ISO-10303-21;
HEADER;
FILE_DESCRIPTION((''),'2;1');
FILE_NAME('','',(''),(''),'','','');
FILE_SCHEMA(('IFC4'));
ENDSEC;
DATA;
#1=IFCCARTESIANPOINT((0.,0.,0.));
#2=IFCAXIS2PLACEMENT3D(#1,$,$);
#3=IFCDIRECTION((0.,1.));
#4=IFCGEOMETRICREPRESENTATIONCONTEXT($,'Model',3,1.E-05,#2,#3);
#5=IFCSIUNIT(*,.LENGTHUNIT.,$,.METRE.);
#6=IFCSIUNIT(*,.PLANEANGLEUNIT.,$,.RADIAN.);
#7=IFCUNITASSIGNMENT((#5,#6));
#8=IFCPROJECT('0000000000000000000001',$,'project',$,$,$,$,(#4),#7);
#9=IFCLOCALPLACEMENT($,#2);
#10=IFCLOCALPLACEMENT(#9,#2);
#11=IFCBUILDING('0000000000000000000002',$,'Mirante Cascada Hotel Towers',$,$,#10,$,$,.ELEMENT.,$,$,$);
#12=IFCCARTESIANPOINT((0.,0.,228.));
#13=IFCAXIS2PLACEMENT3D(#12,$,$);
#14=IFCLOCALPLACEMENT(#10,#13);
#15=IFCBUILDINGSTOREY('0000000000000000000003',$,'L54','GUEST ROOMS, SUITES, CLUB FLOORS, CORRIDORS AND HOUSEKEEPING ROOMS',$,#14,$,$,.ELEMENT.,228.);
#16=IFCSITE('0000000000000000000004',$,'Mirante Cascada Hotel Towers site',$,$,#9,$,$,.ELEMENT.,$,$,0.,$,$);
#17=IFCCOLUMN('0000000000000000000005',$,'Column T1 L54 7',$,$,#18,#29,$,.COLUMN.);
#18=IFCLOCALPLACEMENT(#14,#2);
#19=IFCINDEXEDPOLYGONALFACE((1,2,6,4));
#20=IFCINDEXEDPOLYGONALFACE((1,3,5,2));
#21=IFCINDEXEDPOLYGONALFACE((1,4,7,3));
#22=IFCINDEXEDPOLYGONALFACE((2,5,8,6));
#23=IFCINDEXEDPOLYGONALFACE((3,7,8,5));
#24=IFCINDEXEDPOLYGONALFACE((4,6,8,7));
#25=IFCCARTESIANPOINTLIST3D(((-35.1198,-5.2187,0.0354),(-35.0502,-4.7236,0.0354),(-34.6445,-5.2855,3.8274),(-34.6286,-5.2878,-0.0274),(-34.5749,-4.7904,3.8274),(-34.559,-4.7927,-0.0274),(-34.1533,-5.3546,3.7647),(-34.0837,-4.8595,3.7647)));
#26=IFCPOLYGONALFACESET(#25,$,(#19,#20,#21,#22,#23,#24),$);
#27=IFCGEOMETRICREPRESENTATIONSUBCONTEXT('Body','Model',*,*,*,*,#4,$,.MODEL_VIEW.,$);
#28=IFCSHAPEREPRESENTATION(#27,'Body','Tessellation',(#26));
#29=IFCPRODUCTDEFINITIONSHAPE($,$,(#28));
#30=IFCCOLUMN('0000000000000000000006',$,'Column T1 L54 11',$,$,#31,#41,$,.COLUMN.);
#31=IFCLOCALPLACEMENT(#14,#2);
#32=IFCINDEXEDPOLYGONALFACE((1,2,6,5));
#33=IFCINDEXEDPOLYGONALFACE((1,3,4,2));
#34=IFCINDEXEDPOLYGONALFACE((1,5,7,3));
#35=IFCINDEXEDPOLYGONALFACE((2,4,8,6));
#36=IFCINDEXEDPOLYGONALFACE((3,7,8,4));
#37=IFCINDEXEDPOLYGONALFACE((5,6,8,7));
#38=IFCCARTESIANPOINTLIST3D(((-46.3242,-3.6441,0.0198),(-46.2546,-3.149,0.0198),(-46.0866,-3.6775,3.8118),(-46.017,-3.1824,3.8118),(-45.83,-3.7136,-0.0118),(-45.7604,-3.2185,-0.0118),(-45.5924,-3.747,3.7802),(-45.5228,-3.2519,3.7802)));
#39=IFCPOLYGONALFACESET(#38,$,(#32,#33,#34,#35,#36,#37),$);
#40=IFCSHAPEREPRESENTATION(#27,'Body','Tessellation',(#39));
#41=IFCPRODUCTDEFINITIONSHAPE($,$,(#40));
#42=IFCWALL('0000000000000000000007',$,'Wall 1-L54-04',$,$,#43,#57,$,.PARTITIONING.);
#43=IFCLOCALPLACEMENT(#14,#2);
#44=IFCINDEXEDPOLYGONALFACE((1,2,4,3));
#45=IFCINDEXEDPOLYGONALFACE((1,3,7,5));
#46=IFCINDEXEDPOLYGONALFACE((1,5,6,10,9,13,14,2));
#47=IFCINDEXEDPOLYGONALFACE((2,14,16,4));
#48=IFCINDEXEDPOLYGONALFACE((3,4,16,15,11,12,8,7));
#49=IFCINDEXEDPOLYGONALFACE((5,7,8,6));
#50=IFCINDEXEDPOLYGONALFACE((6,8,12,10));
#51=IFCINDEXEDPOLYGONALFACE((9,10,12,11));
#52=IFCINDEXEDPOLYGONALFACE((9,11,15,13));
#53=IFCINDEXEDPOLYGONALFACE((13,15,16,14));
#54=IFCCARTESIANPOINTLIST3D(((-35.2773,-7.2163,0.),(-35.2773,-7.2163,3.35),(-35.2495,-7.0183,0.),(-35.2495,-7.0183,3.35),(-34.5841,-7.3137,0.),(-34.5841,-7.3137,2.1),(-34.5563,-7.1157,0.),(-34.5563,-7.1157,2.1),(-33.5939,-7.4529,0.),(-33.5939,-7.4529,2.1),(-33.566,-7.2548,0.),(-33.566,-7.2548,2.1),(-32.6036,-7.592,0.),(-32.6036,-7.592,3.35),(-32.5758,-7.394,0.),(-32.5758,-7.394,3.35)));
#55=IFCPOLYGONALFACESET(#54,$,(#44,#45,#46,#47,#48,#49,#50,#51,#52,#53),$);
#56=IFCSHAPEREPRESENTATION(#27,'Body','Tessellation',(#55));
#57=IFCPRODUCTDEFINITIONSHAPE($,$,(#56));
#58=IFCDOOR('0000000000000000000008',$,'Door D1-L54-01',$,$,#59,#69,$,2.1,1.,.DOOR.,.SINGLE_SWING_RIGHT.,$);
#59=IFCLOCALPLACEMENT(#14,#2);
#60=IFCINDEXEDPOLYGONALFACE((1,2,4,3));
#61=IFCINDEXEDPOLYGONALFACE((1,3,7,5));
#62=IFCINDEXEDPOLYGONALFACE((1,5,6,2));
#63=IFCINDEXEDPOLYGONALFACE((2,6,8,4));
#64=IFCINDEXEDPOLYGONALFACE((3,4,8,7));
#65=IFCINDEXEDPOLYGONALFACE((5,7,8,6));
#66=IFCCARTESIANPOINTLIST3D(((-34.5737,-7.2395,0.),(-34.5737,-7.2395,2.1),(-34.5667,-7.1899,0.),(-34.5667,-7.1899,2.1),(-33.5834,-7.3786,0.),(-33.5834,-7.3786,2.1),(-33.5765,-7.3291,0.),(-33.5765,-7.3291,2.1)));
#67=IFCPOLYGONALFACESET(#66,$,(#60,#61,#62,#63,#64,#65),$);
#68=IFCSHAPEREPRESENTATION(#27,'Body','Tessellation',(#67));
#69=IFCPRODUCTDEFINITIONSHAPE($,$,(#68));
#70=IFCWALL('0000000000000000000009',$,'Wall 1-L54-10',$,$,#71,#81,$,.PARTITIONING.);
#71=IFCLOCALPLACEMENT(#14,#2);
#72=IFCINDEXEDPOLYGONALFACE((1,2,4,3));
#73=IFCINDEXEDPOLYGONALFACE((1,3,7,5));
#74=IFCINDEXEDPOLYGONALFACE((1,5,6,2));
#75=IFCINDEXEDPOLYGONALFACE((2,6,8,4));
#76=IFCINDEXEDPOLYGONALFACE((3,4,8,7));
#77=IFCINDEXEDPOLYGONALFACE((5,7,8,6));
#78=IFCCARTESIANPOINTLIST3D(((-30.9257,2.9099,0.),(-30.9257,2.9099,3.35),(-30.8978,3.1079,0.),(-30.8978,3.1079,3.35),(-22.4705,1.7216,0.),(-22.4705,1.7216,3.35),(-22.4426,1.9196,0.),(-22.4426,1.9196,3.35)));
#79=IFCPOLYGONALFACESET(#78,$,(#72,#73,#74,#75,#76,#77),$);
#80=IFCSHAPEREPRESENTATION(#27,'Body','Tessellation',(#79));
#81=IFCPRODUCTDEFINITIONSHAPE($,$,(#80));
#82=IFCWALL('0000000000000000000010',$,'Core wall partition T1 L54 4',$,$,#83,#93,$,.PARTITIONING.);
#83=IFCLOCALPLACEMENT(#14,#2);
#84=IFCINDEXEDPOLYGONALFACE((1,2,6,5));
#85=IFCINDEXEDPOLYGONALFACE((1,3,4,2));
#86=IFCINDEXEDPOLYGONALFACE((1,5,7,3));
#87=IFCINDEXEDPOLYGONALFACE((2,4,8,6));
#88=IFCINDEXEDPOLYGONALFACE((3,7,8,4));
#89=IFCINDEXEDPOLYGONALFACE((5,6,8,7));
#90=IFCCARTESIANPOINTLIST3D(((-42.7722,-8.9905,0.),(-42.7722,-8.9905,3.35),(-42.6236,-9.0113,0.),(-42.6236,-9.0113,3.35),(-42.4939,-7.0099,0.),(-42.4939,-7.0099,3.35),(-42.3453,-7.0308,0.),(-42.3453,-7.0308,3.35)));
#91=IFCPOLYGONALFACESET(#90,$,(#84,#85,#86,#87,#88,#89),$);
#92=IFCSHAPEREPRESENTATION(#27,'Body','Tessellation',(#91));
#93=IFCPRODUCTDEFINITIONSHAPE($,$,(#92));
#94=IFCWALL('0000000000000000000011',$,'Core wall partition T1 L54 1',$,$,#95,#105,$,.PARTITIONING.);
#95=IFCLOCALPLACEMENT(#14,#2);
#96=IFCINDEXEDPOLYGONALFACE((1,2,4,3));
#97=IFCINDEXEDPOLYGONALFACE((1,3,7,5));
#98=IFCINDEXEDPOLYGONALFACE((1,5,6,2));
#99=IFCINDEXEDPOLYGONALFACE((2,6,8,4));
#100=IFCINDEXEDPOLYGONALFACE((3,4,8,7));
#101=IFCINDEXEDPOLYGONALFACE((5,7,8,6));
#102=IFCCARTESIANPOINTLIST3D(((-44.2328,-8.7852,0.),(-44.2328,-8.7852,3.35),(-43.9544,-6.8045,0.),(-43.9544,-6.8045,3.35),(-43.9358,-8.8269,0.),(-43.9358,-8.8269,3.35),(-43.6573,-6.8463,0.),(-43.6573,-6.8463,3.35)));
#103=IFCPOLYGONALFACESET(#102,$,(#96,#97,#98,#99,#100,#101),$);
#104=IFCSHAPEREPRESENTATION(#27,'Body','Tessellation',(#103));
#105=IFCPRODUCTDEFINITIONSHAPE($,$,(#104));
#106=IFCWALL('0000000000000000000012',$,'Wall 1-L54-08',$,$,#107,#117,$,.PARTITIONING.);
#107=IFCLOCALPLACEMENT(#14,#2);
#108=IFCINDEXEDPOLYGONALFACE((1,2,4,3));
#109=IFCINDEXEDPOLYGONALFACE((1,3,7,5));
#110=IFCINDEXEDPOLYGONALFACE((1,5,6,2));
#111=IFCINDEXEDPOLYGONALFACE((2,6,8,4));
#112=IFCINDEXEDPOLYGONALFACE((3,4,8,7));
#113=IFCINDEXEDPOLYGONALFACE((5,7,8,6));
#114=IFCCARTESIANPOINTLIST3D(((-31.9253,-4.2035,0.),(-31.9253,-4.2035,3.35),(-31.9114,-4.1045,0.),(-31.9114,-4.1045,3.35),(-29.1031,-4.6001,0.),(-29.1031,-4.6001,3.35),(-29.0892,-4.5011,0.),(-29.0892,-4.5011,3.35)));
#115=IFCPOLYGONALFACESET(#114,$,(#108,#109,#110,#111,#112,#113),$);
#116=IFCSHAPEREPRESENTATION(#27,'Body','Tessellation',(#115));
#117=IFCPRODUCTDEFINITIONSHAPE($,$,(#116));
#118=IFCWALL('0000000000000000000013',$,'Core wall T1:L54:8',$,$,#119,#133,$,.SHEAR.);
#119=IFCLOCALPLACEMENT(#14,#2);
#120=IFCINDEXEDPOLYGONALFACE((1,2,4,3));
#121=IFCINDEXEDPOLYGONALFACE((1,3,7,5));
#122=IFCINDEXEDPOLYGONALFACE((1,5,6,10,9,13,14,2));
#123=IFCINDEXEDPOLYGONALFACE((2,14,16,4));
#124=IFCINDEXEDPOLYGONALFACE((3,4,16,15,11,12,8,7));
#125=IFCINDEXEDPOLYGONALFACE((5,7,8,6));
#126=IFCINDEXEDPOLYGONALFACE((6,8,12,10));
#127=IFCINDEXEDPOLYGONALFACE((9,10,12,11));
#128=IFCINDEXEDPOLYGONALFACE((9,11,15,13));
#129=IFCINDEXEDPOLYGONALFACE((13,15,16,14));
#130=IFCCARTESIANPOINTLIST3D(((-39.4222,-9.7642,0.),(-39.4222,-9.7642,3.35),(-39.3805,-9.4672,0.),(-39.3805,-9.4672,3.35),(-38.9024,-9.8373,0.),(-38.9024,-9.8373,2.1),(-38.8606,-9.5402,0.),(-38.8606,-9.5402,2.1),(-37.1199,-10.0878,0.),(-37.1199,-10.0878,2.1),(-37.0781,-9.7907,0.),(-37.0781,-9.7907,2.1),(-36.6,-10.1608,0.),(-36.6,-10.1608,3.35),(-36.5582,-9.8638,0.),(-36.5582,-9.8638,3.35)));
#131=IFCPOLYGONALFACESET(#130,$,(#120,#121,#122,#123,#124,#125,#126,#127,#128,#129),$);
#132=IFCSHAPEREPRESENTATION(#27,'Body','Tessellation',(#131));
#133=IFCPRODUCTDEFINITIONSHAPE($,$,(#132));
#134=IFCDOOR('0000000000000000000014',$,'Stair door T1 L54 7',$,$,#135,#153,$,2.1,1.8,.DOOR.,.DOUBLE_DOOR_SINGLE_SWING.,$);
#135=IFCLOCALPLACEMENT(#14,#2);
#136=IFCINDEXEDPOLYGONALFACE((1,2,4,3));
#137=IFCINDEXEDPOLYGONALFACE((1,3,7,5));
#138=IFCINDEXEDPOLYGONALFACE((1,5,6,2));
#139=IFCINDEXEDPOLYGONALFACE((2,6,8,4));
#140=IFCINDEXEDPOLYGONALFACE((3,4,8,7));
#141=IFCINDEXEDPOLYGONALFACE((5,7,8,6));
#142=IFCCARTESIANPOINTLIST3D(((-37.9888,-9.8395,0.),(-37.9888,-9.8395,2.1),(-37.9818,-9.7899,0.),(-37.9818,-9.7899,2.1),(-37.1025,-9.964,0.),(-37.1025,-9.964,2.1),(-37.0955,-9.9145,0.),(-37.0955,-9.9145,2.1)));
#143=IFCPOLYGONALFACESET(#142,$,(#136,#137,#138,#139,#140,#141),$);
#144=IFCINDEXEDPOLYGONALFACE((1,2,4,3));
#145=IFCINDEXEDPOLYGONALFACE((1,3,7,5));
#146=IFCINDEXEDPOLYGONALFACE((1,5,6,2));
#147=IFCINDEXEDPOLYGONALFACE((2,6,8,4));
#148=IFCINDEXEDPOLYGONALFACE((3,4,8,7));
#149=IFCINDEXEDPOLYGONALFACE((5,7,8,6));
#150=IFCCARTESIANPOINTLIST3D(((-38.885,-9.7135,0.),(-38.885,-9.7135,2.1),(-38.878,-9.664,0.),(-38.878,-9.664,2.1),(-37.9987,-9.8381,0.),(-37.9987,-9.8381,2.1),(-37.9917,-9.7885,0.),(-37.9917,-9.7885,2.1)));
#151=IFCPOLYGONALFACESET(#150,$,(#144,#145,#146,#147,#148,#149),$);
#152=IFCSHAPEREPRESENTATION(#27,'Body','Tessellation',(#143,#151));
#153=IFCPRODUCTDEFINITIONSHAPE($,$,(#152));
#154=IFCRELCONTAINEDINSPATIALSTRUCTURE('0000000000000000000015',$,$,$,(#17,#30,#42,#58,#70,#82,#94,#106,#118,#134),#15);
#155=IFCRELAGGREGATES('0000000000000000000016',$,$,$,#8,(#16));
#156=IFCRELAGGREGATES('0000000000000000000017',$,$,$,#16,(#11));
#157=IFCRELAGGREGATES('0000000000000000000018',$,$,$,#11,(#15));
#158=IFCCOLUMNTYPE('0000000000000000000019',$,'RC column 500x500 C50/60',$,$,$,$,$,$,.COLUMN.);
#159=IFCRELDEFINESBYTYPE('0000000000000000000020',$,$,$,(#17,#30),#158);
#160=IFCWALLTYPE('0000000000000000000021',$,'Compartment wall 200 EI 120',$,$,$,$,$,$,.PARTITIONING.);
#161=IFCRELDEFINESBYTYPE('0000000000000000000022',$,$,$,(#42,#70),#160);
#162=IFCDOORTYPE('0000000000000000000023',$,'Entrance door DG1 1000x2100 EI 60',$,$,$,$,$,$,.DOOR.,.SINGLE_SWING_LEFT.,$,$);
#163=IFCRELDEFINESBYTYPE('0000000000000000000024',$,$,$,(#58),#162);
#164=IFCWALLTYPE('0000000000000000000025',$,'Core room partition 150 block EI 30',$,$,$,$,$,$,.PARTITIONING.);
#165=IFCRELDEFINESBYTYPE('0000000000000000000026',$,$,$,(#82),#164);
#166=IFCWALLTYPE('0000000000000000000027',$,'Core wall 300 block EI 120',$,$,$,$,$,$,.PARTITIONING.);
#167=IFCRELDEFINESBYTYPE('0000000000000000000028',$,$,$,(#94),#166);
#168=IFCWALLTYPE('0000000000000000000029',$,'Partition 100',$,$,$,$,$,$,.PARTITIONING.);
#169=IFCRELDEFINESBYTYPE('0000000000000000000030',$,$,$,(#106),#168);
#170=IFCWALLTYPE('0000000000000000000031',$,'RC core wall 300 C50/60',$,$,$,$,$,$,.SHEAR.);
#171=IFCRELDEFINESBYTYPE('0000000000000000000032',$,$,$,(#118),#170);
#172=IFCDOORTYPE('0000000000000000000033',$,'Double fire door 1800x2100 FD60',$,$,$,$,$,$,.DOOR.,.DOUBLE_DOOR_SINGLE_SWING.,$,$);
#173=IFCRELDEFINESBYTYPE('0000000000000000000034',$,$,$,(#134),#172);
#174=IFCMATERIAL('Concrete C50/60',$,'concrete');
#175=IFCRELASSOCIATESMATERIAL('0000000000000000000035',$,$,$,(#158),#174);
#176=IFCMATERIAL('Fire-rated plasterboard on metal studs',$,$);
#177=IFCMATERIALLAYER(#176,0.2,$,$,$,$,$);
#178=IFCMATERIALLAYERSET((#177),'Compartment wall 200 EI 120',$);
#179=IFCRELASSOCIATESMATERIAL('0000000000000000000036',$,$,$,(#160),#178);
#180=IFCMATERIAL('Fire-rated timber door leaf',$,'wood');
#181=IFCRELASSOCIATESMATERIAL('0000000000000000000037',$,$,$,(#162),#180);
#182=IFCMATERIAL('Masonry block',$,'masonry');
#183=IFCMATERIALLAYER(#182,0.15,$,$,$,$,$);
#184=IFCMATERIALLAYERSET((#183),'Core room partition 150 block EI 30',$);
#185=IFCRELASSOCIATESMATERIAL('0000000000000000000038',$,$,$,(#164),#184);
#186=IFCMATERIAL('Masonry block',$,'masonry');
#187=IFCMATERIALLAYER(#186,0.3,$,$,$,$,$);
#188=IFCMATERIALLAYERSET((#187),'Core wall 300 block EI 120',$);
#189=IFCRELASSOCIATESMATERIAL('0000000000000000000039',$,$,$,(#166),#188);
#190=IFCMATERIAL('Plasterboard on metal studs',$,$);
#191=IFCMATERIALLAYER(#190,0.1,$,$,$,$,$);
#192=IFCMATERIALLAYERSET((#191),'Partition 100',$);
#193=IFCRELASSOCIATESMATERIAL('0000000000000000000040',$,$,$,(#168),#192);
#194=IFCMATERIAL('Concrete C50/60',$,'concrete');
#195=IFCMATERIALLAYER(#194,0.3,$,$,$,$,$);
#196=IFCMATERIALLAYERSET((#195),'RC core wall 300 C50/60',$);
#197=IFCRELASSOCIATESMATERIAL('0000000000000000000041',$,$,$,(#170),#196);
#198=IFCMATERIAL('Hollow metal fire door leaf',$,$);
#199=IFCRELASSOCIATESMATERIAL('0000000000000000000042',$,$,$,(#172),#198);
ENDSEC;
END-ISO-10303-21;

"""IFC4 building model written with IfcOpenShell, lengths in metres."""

from ifc_helpers import new_model, si_unit, direction, frame, frame_2d, origin, origin_2d, place, context, subcontext, project, spatial, rectangle, extrude, material, layer, layer_set, material_profile, profile_set, type_object, element, fill, save


model = new_model("IFC4")

# Units and contexts
model_context = context("Model", 3, precision=1e-05, world=origin(), true_north=direction((0.0, 1.0)))
body_context = subcontext(model_context, "Body", "Model", "MODEL_VIEW")
ifc_project = project(units=[si_unit("LENGTHUNIT", "METRE"), si_unit("PLANEANGLEUNIT", "RADIAN")], contexts=[model_context])

# Site, building, storey
site_placement = place(None, origin())
site = spatial("IfcSite", under=ifc_project, at=site_placement, Name="Mirante Cascada Hotel Towers site", CompositionType="ELEMENT", RefElevation=0.0)
building_placement = place(site_placement, origin())
building = spatial("IfcBuilding", under=site, at=building_placement, Name="Mirante Cascada Hotel Towers", CompositionType="ELEMENT")
storey_placement = place(building_placement, frame((0.0, 0.0, 228.0)))
storey = spatial("IfcBuildingStorey", under=building, at=storey_placement, Name="L54", Description="GUEST ROOMS, SUITES, CLUB FLOORS, CORRIDORS AND HOUSEKEEPING ROOMS", CompositionType="ELEMENT", Elevation=228.0)

# Columns
ifc_material_1 = material(Name="Concrete C50/60", Category="concrete")
ifc_material_profile = material_profile(ifc_material_1, rectangle(XDim=0.5, YDim=0.5, at=origin_2d()), Name="RC column 500x500 C50/60")
ifc_profile_set = profile_set([ifc_material_profile], Name="Concrete C50/60")
column_type = type_object("IfcColumnType", Name="RC column 500x500 C50/60", PredefinedType="COLUMN", material=ifc_profile_set)
column_1_placement = place(storey_placement, frame((-34.8394, -5.0057, 0.004), z_axis=(0.124351, -0.017477, 0.992084), x_axis=(0.139175, 0.990268, 0.0)))
element("IfcColumn", 1, at=column_1_placement, inside=storey, type_object=column_type, Name="Column T1 L54 7", PredefinedType="COLUMN", context=body_context, shape_type="SweptSolid", body=[
    extrude(rectangle(XDim=0.5, YDim=0.5, at=origin_2d()), origin(), (0.0, 0.0, 1.0), 3.8223),
])
column_2_placement = place(storey_placement, frame((-46.0423, -3.4313, 0.004), z_axis=(0.062533, -0.00879, 0.998004), x_axis=(0.139204, 0.990264, 0.0)))
element("IfcColumn", 2, at=column_2_placement, inside=storey, type_object=column_type, Name="Column T1 L54 11", PredefinedType="COLUMN", context=body_context, shape_type="SweptSolid", body=[
    extrude(rectangle(XDim=0.5, YDim=0.5, at=origin_2d()), origin(), (0.0, 0.0, 1.0), 3.7996),
])

# Wall, opening, door
ifc_material_2 = material(Name="Fire-rated plasterboard on metal studs")
ifc_layer_1 = layer(ifc_material_2, 0.2)
ifc_layer_set_1 = layer_set([ifc_layer_1], Name="Compartment wall 200 EI 120")
wall_type_1 = type_object("IfcWallType", Name="Compartment wall 200 EI 120", PredefinedType="PARTITIONING", material=ifc_layer_set_1)
wall_1_placement = place(storey_placement, frame((-35.2634, -7.1173, 0.0), z_axis=(0.0, 0.0, 1.0), x_axis=(0.990271, -0.13915, 0.0)))
wall_1 = element("IfcWall", 3, at=wall_1_placement, inside=storey, type_object=wall_type_1, Name="Wall 1-L54-04", PredefinedType="PARTITIONING", context=body_context, shape_type="SweptSolid", body=[
    extrude(rectangle(XDim=2.7, YDim=0.2, at=frame_2d((1.35, 0.0))), origin(), (0.0, 0.0, 1.0), 3.35),
])
opening_1_placement = place(wall_1_placement, frame((0.7, 0.0, 0.0)))
opening_1 = element("IfcOpeningElement", 4, at=opening_1_placement, cuts=wall_1, PredefinedType="OPENING", context=body_context, shape_type="SweptSolid", body=[
    extrude(rectangle(XDim=1.0, YDim=2.1, at=frame_2d((0.5, 1.05))), frame((0.0, 0.1, 0.0), z_axis=(0.0, -1.0, 0.0), x_axis=(1.0, 0.0, 0.0)), (0.0, 0.0, 1.0), 0.2),
])
ifc_material_3 = material(Name="Fire-rated timber door leaf", Category="wood")
door_type_1 = type_object("IfcDoorType", Name="Entrance door DG1 1000x2100 EI 60", OperationType="SINGLE_SWING_LEFT", PredefinedType="DOOR", material=ifc_material_3)
door_1_placement = place(opening_1_placement, frame((1.0, 0.0, 0.0), z_axis=(0.0, 0.0, 1.0), x_axis=(-1.0, 0.0, 0.0)))
door_1 = element("IfcDoor", 5, at=door_1_placement, inside=storey, type_object=door_type_1, Name="Door D1-L54-01", OperationType="SINGLE_SWING_RIGHT", OverallHeight=2.1, OverallWidth=1.0, PredefinedType="DOOR", context=body_context, shape_type="SweptSolid", body=[
    extrude(rectangle(XDim=1.0, YDim=2.1, at=frame_2d((0.5, 1.05))), frame((0.0, 0.025, 0.0), z_axis=(0.0, -1.0, 0.0), x_axis=(1.0, 0.0, 0.0)), (0.0, 0.0, 1.0), 0.05),
])
fill(opening_1, door_1)

# Walls
wall_2_placement = place(storey_placement, frame((-30.9118, 3.0089, 0.0), z_axis=(0.0, 0.0, 1.0), x_axis=(0.990268, -0.139173, 0.0)))
element("IfcWall", 6, at=wall_2_placement, inside=storey, type_object=wall_type_1, Name="Wall 1-L54-10", PredefinedType="PARTITIONING", context=body_context, shape_type="SweptSolid", body=[
    extrude(rectangle(XDim=8.5383, YDim=0.2, at=frame_2d((4.2692, 0.0))), origin(), (0.0, 0.0, 1.0), 3.35),
])
ifc_material_4 = material(Name="Masonry block", Category="masonry")
ifc_layer_2 = layer(ifc_material_4, 0.15)
ifc_layer_set_2 = layer_set([ifc_layer_2], Name="Core room partition 150 block EI 30")
wall_type_2 = type_object("IfcWallType", Name="Core room partition 150 block EI 30", PredefinedType="PARTITIONING", material=ifc_layer_set_2)
wall_3_placement = place(storey_placement, frame((-42.6979, -9.0009, 0.0), z_axis=(0.0, 0.0, 1.0), x_axis=(0.139153, 0.990271, 0.0)))
element("IfcWall", 7, at=wall_3_placement, inside=storey, type_object=wall_type_2, Name="Core wall partition T1 L54 4", PredefinedType="PARTITIONING", context=body_context, shape_type="SweptSolid", body=[
    extrude(rectangle(XDim=2.0, YDim=0.15, at=frame_2d((1.0, 0.0))), origin(), (0.0, 0.0, 1.0), 3.35),
])
ifc_material_5 = material(Name="Masonry block", Category="masonry")
ifc_layer_3 = layer(ifc_material_5, 0.3)
ifc_layer_set_3 = layer_set([ifc_layer_3], Name="Core wall 300 block EI 120")
wall_type_3 = type_object("IfcWallType", Name="Core wall 300 block EI 120", PredefinedType="PARTITIONING", material=ifc_layer_set_3)
wall_4_placement = place(storey_placement, frame((-44.0843, -8.8061, 0.0), z_axis=(0.0, 0.0, 1.0), x_axis=(0.139195, 0.990265, 0.0)))
element("IfcWall", 8, at=wall_4_placement, inside=storey, type_object=wall_type_3, Name="Core wall partition T1 L54 1", PredefinedType="PARTITIONING", context=body_context, shape_type="SweptSolid", body=[
    extrude(rectangle(XDim=2.0001, YDim=0.3, at=frame_2d((1.0001, 0.0))), origin(), (0.0, 0.0, 1.0), 3.35),
])
ifc_material_6 = material(Name="Plasterboard on metal studs")
ifc_layer_4 = layer(ifc_material_6, 0.1)
ifc_layer_set_4 = layer_set([ifc_layer_4], Name="Partition 100")
wall_type_4 = type_object("IfcWallType", Name="Partition 100", PredefinedType="PARTITIONING", material=ifc_layer_set_4)
wall_5_placement = place(storey_placement, frame((-31.9184, -4.154, 0.0), z_axis=(0.0, 0.0, 1.0), x_axis=(0.99027, -0.139161, 0.0)))
element("IfcWall", 9, at=wall_5_placement, inside=storey, type_object=wall_type_4, Name="Wall 1-L54-08", PredefinedType="PARTITIONING", context=body_context, shape_type="SweptSolid", body=[
    extrude(rectangle(XDim=2.8499, YDim=0.1, at=frame_2d((1.425, 0.0))), origin(), (0.0, 0.0, 1.0), 3.35),
])

# Wall, opening, door
ifc_material_7 = material(Name="Concrete C50/60", Category="concrete")
ifc_layer_5 = layer(ifc_material_7, 0.3)
ifc_layer_set_5 = layer_set([ifc_layer_5], Name="RC core wall 300 C50/60")
wall_type_5 = type_object("IfcWallType", Name="RC core wall 300 C50/60", PredefinedType="SHEAR", material=ifc_layer_set_5)
wall_6_placement = place(storey_placement, frame((-36.5791, -10.0123, 0.0), z_axis=(0.0, 0.0, 1.0), x_axis=(-0.99027, 0.139156, 0.0)))
wall_6 = element("IfcWall", 10, at=wall_6_placement, inside=storey, type_object=wall_type_5, Name="Core wall T1:L54:8", PredefinedType="SHEAR", context=body_context, shape_type="SweptSolid", body=[
    extrude(rectangle(XDim=2.85, YDim=0.3, at=frame_2d((1.425, 0.0))), origin(), (0.0, 0.0, 1.0), 3.35),
])
opening_2_placement = place(wall_6_placement, frame((0.525, 0.0, 0.0)))
opening_2 = element("IfcOpeningElement", 11, at=opening_2_placement, cuts=wall_6, PredefinedType="OPENING", context=body_context, shape_type="SweptSolid", body=[
    extrude(rectangle(XDim=1.8, YDim=2.1, at=frame_2d((0.9, 1.05))), frame((0.0, 0.15, 0.0), z_axis=(0.0, -1.0, 0.0), x_axis=(1.0, 0.0, 0.0)), (0.0, 0.0, 1.0), 0.3),
])
ifc_material_8 = material(Name="Hollow metal fire door leaf")
door_type_2 = type_object("IfcDoorType", Name="Double fire door 1800x2100 FD60", OperationType="DOUBLE_DOOR_SINGLE_SWING", PredefinedType="DOOR", material=ifc_material_8)
door_2_placement = place(opening_2_placement, origin())
door_2 = element("IfcDoor", 12, at=door_2_placement, inside=storey, type_object=door_type_2, Name="Stair door T1 L54 7", OperationType="DOUBLE_DOOR_SINGLE_SWING", OverallHeight=2.1, OverallWidth=1.8, PredefinedType="DOOR", context=body_context, shape_type="SweptSolid", body=[
    extrude(rectangle(XDim=0.895, YDim=2.1, at=frame_2d((0.4475, 1.05))), frame((0.0, 0.025, 0.0), z_axis=(0.0, -1.0, 0.0), x_axis=(1.0, 0.0, 0.0)), (0.0, 0.0, 1.0), 0.05),
    extrude(rectangle(XDim=0.895, YDim=2.1, at=frame_2d((1.3525, 1.05))), frame((0.0, 0.025, 0.0), z_axis=(0.0, -1.0, 0.0), x_axis=(1.0, 0.0, 0.0)), (0.0, 0.0, 1.0), 0.05),
])
fill(opening_2, door_2)

save(model, "model.ifc")
